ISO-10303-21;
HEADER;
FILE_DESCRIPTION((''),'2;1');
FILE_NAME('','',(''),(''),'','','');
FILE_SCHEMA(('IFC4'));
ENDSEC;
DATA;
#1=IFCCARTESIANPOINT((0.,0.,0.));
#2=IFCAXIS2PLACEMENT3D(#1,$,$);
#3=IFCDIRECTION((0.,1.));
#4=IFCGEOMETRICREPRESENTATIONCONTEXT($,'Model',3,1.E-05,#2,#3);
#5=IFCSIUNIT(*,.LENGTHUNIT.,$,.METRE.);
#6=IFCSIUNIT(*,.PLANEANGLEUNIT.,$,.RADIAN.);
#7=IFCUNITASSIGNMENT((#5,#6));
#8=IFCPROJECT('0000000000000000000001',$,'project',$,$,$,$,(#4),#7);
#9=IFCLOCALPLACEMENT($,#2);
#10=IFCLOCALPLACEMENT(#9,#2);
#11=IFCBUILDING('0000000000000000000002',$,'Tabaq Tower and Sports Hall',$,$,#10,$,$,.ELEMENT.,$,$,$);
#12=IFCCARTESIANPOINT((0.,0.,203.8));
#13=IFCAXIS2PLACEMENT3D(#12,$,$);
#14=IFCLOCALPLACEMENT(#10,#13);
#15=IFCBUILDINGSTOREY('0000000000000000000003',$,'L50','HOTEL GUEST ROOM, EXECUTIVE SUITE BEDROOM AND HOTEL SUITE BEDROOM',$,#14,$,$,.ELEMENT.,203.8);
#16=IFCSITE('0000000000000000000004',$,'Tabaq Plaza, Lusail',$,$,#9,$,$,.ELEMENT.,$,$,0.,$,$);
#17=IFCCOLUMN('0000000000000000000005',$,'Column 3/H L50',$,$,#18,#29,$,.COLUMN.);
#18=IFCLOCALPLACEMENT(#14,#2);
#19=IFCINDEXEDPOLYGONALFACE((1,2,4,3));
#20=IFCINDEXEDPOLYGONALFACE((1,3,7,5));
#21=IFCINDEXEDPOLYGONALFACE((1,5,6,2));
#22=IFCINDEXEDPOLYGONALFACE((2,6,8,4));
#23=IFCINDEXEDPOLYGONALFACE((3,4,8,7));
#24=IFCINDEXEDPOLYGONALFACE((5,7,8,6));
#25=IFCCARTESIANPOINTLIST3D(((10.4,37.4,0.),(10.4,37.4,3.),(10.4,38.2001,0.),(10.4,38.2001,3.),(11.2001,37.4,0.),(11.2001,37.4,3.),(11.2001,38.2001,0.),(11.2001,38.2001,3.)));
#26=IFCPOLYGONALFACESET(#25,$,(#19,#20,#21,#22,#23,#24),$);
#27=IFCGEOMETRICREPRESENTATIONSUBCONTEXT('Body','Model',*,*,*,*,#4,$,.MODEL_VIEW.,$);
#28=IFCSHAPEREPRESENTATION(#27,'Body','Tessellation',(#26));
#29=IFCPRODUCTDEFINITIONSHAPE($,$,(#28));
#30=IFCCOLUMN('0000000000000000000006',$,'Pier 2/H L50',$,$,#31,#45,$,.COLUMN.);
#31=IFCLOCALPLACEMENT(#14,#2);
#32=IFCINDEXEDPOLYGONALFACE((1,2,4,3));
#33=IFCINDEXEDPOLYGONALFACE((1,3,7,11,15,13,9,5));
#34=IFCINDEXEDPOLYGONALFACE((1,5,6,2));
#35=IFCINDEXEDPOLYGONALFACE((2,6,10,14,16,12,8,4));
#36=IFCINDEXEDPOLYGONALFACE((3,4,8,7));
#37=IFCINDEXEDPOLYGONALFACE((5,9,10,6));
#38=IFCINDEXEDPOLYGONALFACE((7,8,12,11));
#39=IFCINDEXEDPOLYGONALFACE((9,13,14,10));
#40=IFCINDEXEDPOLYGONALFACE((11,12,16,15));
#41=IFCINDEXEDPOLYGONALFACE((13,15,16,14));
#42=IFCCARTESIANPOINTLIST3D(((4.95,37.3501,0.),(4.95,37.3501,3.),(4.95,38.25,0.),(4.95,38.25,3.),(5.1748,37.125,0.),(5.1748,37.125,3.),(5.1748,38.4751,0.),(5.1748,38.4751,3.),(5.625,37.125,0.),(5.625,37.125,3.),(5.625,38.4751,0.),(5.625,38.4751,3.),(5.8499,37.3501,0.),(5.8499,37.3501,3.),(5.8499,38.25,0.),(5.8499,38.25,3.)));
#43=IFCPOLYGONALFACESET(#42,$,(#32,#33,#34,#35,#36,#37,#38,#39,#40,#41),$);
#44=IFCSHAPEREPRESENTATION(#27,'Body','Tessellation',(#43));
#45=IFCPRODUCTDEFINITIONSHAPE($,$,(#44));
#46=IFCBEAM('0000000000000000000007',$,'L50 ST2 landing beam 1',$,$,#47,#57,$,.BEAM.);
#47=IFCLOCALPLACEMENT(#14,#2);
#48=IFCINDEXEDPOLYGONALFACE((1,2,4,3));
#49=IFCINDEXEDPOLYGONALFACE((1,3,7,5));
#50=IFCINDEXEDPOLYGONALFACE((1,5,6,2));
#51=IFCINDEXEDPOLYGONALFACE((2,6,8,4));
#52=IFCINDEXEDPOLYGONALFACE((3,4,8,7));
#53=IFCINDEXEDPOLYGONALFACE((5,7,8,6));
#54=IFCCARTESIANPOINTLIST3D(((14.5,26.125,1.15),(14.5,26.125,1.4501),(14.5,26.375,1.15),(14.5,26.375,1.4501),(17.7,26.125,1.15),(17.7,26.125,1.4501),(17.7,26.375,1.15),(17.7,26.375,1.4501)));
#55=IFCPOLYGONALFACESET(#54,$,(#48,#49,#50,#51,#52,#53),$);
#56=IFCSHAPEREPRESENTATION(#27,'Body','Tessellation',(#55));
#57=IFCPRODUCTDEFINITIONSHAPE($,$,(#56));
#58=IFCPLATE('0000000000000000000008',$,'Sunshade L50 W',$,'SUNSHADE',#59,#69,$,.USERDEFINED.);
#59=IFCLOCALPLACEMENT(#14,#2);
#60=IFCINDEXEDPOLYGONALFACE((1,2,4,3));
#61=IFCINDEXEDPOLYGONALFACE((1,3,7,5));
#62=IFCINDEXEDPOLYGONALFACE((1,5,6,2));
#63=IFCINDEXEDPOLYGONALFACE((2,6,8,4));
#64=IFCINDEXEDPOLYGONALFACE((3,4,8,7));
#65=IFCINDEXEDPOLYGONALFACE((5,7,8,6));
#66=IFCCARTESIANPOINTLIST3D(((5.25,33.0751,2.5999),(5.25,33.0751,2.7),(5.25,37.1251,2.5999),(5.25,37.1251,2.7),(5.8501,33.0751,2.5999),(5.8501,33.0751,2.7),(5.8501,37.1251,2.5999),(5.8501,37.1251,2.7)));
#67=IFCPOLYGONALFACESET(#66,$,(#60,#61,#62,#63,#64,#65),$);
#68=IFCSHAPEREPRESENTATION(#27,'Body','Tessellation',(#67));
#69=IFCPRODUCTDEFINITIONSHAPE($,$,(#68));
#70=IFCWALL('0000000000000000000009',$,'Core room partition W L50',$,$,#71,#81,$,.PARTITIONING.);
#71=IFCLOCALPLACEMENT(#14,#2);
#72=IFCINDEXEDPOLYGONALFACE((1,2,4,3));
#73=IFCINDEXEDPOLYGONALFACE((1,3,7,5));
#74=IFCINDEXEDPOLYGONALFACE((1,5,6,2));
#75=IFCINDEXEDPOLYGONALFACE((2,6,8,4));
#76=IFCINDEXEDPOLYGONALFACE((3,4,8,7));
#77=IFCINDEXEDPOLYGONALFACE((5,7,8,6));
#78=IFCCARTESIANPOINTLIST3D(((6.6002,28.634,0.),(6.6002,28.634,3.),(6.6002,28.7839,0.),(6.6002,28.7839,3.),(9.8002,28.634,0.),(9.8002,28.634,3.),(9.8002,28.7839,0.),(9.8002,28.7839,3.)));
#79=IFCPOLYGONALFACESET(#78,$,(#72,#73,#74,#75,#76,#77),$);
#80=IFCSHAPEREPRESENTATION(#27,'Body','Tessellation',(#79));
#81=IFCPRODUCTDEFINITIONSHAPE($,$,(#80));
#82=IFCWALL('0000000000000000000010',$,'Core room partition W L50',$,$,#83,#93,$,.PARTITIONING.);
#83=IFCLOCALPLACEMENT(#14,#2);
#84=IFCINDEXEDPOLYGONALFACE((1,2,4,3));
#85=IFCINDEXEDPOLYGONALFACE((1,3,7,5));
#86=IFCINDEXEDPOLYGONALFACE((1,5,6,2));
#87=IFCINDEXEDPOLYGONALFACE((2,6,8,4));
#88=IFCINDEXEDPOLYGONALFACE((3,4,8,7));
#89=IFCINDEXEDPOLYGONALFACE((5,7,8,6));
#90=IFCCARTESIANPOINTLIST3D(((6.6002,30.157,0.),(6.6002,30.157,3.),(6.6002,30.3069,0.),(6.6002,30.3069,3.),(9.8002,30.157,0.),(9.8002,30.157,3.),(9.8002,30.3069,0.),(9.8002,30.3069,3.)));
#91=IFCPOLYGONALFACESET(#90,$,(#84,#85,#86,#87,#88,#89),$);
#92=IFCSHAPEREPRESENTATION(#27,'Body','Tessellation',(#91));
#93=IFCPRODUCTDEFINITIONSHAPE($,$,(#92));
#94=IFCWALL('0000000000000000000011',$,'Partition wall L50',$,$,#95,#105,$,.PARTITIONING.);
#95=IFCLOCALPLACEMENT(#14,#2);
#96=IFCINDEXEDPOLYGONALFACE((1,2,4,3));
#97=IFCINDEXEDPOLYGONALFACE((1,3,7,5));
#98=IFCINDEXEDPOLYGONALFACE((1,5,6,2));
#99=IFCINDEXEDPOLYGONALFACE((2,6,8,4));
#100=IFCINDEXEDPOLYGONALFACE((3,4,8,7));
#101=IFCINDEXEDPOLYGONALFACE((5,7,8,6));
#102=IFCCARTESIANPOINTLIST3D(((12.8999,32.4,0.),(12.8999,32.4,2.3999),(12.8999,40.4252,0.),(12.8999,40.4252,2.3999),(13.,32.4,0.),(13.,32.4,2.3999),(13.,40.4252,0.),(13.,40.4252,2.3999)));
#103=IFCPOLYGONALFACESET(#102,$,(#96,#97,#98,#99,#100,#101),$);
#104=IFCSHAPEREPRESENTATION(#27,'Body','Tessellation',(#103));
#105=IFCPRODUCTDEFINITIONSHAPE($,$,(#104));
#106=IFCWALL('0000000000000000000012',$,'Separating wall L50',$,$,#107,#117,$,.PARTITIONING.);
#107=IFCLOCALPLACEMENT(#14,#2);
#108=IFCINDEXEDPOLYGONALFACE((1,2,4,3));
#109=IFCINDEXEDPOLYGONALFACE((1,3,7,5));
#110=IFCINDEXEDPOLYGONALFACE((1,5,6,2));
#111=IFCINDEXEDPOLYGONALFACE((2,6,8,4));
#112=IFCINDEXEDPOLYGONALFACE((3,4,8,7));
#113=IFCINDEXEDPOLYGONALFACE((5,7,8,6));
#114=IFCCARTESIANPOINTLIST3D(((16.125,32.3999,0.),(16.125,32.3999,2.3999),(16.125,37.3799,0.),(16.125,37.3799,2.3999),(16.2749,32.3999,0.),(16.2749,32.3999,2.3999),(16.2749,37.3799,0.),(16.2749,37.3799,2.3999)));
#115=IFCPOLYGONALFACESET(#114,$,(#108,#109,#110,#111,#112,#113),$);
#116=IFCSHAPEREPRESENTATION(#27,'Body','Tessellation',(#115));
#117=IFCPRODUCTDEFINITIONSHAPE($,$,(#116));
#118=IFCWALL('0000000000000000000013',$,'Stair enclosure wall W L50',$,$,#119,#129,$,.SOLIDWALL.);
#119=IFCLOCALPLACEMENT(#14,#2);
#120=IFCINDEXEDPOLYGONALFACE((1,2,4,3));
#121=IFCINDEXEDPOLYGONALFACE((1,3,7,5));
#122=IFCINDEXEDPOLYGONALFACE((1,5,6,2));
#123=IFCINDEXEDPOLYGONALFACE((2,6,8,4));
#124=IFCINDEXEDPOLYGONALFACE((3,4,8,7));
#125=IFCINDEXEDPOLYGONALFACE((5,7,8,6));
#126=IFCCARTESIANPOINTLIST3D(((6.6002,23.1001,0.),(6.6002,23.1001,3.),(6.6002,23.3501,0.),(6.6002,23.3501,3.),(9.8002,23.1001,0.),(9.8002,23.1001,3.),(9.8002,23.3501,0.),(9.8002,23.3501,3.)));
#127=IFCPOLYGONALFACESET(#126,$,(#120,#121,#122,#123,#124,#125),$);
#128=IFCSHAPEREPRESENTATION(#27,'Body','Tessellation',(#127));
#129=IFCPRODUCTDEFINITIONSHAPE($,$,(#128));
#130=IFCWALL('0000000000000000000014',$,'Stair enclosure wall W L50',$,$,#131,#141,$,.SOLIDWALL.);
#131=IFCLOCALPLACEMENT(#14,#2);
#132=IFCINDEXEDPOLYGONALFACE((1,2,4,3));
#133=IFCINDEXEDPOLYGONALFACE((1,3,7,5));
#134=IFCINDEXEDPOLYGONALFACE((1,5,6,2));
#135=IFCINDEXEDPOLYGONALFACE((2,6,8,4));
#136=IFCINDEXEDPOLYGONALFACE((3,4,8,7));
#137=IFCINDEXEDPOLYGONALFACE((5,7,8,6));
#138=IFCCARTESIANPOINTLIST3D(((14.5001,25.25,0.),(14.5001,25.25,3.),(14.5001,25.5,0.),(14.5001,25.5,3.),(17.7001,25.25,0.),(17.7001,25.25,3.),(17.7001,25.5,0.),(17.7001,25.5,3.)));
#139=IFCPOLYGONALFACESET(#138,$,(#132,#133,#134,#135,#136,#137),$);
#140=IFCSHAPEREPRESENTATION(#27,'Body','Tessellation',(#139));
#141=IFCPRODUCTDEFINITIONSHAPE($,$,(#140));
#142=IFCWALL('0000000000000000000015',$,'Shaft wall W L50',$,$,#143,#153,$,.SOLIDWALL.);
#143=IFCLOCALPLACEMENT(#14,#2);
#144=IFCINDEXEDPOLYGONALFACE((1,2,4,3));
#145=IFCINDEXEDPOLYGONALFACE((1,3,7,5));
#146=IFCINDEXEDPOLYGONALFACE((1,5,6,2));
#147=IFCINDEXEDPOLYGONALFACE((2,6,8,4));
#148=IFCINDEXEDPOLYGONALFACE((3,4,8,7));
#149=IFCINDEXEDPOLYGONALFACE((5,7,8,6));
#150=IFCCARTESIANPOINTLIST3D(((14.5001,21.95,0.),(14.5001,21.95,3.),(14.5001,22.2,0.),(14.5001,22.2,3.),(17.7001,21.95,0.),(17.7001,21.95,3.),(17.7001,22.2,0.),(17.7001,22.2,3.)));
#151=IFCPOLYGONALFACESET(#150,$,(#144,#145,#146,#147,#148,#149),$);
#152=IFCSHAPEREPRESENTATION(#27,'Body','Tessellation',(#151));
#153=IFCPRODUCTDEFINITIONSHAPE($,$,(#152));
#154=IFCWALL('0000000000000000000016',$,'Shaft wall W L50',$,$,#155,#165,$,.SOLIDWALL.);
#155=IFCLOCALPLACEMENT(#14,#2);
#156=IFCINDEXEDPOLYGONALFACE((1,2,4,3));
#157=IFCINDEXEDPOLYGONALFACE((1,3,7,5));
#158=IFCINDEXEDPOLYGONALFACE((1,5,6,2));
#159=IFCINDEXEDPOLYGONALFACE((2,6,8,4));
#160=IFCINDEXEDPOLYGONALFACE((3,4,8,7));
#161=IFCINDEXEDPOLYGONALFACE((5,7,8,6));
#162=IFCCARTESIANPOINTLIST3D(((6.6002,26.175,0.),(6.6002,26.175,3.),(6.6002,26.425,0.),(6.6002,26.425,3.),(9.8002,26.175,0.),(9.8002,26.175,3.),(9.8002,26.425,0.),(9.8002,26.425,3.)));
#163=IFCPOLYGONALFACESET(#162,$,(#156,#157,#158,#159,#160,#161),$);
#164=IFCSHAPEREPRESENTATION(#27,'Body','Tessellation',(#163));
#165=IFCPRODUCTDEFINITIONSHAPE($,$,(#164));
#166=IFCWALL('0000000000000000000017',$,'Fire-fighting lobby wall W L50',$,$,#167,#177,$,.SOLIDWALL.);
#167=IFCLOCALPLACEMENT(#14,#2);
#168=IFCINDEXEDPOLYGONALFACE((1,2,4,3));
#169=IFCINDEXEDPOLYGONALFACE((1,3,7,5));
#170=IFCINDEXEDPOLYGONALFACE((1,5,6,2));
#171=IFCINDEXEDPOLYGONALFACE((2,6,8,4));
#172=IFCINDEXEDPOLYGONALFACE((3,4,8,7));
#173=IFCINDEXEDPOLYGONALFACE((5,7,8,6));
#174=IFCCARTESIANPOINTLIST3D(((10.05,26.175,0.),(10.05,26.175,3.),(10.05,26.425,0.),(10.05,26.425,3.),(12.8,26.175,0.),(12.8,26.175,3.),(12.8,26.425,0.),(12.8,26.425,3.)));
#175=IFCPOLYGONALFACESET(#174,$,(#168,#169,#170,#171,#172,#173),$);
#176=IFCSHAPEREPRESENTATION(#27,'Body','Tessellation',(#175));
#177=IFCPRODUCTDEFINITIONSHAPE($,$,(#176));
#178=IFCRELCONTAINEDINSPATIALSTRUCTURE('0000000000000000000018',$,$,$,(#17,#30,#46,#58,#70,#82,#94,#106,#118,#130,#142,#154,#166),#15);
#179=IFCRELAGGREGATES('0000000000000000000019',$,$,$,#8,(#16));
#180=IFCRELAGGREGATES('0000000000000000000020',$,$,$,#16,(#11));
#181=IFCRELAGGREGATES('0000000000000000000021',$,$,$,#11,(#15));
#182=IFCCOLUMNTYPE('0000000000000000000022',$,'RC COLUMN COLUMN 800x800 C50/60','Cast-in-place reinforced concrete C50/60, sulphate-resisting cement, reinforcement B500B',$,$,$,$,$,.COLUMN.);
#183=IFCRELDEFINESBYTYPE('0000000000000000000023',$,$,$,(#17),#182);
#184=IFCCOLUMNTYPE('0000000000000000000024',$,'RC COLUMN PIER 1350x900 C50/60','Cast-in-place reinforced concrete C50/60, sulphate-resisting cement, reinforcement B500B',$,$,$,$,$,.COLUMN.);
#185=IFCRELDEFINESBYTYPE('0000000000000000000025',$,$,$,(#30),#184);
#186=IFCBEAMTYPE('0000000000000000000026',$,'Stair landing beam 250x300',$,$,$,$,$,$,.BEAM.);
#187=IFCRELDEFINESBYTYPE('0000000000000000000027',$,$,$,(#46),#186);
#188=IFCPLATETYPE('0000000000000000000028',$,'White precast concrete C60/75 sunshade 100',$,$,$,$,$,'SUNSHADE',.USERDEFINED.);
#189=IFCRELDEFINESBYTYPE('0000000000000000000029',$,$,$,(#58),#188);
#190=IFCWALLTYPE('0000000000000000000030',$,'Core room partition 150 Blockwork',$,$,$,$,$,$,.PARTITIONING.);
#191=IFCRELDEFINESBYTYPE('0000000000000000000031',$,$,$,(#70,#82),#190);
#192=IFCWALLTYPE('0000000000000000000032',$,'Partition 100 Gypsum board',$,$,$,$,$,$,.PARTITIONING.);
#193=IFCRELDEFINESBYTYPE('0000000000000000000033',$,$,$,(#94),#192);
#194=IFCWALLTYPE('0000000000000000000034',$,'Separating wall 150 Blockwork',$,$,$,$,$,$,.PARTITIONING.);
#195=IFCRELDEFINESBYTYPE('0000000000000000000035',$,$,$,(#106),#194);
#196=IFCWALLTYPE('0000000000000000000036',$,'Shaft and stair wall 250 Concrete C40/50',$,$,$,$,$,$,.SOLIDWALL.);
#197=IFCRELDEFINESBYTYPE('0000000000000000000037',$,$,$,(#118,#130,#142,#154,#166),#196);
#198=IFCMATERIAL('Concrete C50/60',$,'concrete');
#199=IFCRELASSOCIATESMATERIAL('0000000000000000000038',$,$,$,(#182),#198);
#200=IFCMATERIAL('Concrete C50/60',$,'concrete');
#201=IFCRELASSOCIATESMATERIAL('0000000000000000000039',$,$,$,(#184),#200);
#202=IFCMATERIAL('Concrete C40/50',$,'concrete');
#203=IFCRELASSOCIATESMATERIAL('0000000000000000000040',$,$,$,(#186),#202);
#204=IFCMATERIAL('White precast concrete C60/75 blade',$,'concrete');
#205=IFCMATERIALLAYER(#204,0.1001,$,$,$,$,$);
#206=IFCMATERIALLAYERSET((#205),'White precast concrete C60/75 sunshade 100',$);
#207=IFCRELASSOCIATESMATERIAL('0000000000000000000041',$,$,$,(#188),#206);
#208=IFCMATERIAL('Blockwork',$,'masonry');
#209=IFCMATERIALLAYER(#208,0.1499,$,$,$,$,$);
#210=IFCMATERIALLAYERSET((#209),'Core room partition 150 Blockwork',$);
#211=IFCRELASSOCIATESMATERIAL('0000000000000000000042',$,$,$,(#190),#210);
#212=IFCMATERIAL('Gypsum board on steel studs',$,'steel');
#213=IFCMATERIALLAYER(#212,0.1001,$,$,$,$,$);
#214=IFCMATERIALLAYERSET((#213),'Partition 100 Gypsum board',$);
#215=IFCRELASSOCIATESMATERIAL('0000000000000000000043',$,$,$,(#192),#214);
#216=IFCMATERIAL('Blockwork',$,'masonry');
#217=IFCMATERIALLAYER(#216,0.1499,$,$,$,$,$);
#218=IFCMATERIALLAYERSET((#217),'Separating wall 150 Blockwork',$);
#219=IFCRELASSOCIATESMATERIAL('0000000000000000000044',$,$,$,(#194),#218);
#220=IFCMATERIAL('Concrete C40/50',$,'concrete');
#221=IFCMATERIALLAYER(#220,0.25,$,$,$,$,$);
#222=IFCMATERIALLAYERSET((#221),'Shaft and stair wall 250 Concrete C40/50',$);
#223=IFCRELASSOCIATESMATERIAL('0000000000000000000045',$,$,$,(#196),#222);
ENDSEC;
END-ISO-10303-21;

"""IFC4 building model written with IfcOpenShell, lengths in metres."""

from ifc_helpers import new_model, si_unit, direction, frame, frame_2d, origin, origin_2d, place, context, subcontext, project, spatial, polyline, rectangle, outline, extrude, material, layer, layer_set, material_profile, profile_set, type_object, element, save


model = new_model("IFC4")

# Units and contexts
model_context = context("Model", 3, precision=1e-05, world=origin(), true_north=direction((0.0, 1.0)))
body_context = subcontext(model_context, "Body", "Model", "MODEL_VIEW")
ifc_project = project(units=[si_unit("LENGTHUNIT", "METRE"), si_unit("PLANEANGLEUNIT", "RADIAN")], contexts=[model_context])

# Site, building, storey
site_placement = place(None, origin())
site = spatial("IfcSite", under=ifc_project, at=site_placement, Name="Tabaq Plaza, Lusail", CompositionType="ELEMENT", RefElevation=0.0)
building_placement = place(site_placement, origin())
building = spatial("IfcBuilding", under=site, at=building_placement, Name="Tabaq Tower and Sports Hall", CompositionType="ELEMENT")
storey_placement = place(building_placement, frame((0.0, 0.0, 203.8)))
storey = spatial("IfcBuildingStorey", under=building, at=storey_placement, Name="L50", Description="HOTEL GUEST ROOM, EXECUTIVE SUITE BEDROOM AND HOTEL SUITE BEDROOM", CompositionType="ELEMENT", Elevation=203.8)

# Columns
ifc_material_1 = material(Name="Concrete C50/60", Category="concrete")
ifc_material_profile_1 = material_profile(ifc_material_1, rectangle(XDim=0.8, YDim=0.8, at=origin_2d()), Name="COLUMN 800x800")
ifc_profile_set_1 = profile_set([ifc_material_profile_1], Name="Concrete C50/60")
column_type_1 = type_object("IfcColumnType", Name="RC COLUMN COLUMN 800x800 C50/60", Description="Cast-in-place reinforced concrete C50/60, sulphate-resisting cement, reinforcement B500B", PredefinedType="COLUMN", material=ifc_profile_set_1)
column_1_placement = place(storey_placement, frame((10.8, 37.8, 0.0), z_axis=(0.0, 0.0, 1.0), x_axis=(1.0, 0.0, 0.0)))
element("IfcColumn", 1, at=column_1_placement, inside=storey, type_object=column_type_1, Name="Column 3/H L50", PredefinedType="COLUMN", context=body_context, shape_type="SweptSolid", body=[
    extrude(rectangle(XDim=0.8, YDim=0.8, at=origin_2d()), origin(), (0.0, 0.0, 1.0), 3.0),
])
ifc_material_2 = material(Name="Concrete C50/60", Category="concrete")
ifc_material_profile_2 = material_profile(ifc_material_2, outline(polyline([(-0.45, -0.45), (0.45, -0.45), (0.675, -0.2251), (0.675, 0.2251), (0.45, 0.45), (-0.45, 0.45), (-0.675, 0.2251), (-0.675, -0.2251), (-0.45, -0.45)])), Name="PIER 1350x900")
ifc_profile_set_2 = profile_set([ifc_material_profile_2], Name="Concrete C50/60")
column_type_2 = type_object("IfcColumnType", Name="RC COLUMN PIER 1350x900 C50/60", Description="Cast-in-place reinforced concrete C50/60, sulphate-resisting cement, reinforcement B500B", PredefinedType="COLUMN", material=ifc_profile_set_2)
column_2_placement = place(storey_placement, frame((5.3999, 37.8, 0.0), z_axis=(0.0, 0.0, 1.0), x_axis=(0.0, 1.0, 0.0)))
element("IfcColumn", 2, at=column_2_placement, inside=storey, type_object=column_type_2, Name="Pier 2/H L50", PredefinedType="COLUMN", context=body_context, shape_type="SweptSolid", body=[
    extrude(outline(polyline([(-0.45, -0.45), (0.45, -0.45), (0.675, -0.2251), (0.675, 0.2251), (0.45, 0.45), (-0.45, 0.45), (-0.675, 0.2251), (-0.675, -0.2251), (-0.45, -0.45)])), origin(), (0.0, 0.0, 1.0), 3.0),
])

# Beam
ifc_material_3 = material(Name="Concrete C40/50", Category="concrete")
ifc_material_profile_3 = material_profile(ifc_material_3, rectangle(XDim=0.25, YDim=0.3, at=origin_2d()), Name="RC 250x300")
ifc_profile_set_3 = profile_set([ifc_material_profile_3], Name="Concrete C40/50")
beam_type = type_object("IfcBeamType", Name="Stair landing beam 250x300", PredefinedType="BEAM", material=ifc_profile_set_3)
beam_placement = place(storey_placement, frame((14.5, 26.25, 1.3), z_axis=(1.0, 0.0, 0.0), x_axis=(0.0, 1.0, 0.0)))
element("IfcBeam", 3, at=beam_placement, inside=storey, type_object=beam_type, Name="L50 ST2 landing beam 1", PredefinedType="BEAM", context=body_context, shape_type="SweptSolid", body=[
    extrude(rectangle(XDim=0.25, YDim=0.3, at=origin_2d()), origin(), (0.0, 0.0, 1.0), 3.2),
])

# Plate
ifc_material_4 = material(Name="White precast concrete C60/75 blade", Category="concrete")
ifc_layer_1 = layer(ifc_material_4, 0.1001)
ifc_layer_set_1 = layer_set([ifc_layer_1], Name="White precast concrete C60/75 sunshade 100")
plate_type = type_object("IfcPlateType", Name="White precast concrete C60/75 sunshade 100", ElementType="SUNSHADE", PredefinedType="USERDEFINED", material=ifc_layer_set_1)
plate_placement = place(storey_placement, frame((5.55, 35.1001, 2.5999), z_axis=(0.0, 0.0, 1.0), x_axis=(0.0, -1.0, 0.0)))
element("IfcPlate", 4, at=plate_placement, inside=storey, type_object=plate_type, Name="Sunshade L50 W", ObjectType="SUNSHADE", PredefinedType="USERDEFINED", context=body_context, shape_type="SweptSolid", body=[
    extrude(rectangle(XDim=4.05, YDim=0.6001, at=origin_2d()), origin(), (0.0, 0.0, 1.0), 0.1001),
])

# Walls
ifc_material_5 = material(Name="Blockwork", Category="masonry")
ifc_layer_2 = layer(ifc_material_5, 0.1499)
ifc_layer_set_2 = layer_set([ifc_layer_2], Name="Core room partition 150 Blockwork")
wall_type_1 = type_object("IfcWallType", Name="Core room partition 150 Blockwork", PredefinedType="PARTITIONING", material=ifc_layer_set_2)
for number, where, z_axis, x_axis, name in (
    (5, (6.6001, 28.709, 0.0), (0.0, 0.0, 1.0), (1.0, 0.0, 0.0), "Core room partition W L50"),
    (6, (6.6001, 30.2319, 0.0), (0.0, 0.0, 1.0), (1.0, 0.0, 0.0), "Core room partition W L50"),
):
    element("IfcWall", number, at=place(storey_placement, frame(where, z_axis=z_axis, x_axis=x_axis)), inside=storey, type_object=wall_type_1, Name=name, PredefinedType="PARTITIONING", context=body_context, shape_type="SweptSolid", body=[
        extrude(rectangle(XDim=3.2, YDim=0.1499, at=frame_2d((1.6001, 0.0))), origin(), (0.0, 0.0, 1.0), 3.0),
    ])

# Walls
ifc_material_6 = material(Name="Gypsum board on steel studs", Category="steel")
ifc_layer_3 = layer(ifc_material_6, 0.1001)
ifc_layer_set_3 = layer_set([ifc_layer_3], Name="Partition 100 Gypsum board")
wall_type_2 = type_object("IfcWallType", Name="Partition 100 Gypsum board", PredefinedType="PARTITIONING", material=ifc_layer_set_3)
wall_1_placement = place(storey_placement, frame((12.95, 32.3999, 0.0), z_axis=(0.0, 0.0, 1.0), x_axis=(0.0, 1.0, 0.0)))
element("IfcWall", 7, at=wall_1_placement, inside=storey, type_object=wall_type_2, Name="Partition wall L50", PredefinedType="PARTITIONING", context=body_context, shape_type="SweptSolid", body=[
    extrude(rectangle(XDim=8.0251, YDim=0.1001, at=frame_2d((4.0127, 0.0))), origin(), (0.0, 0.0, 1.0), 2.3999),
])
ifc_material_7 = material(Name="Blockwork", Category="masonry")
ifc_layer_4 = layer(ifc_material_7, 0.1499)
ifc_layer_set_4 = layer_set([ifc_layer_4], Name="Separating wall 150 Blockwork")
wall_type_3 = type_object("IfcWallType", Name="Separating wall 150 Blockwork", PredefinedType="PARTITIONING", material=ifc_layer_set_4)
wall_2_placement = place(storey_placement, frame((16.2, 37.3799, 0.0), z_axis=(0.0, 0.0, 1.0), x_axis=(0.0, -1.0, 0.0)))
element("IfcWall", 8, at=wall_2_placement, inside=storey, type_object=wall_type_3, Name="Separating wall L50", PredefinedType="PARTITIONING", context=body_context, shape_type="SweptSolid", body=[
    extrude(rectangle(XDim=4.98, YDim=0.1499, at=frame_2d((2.49, 0.0))), origin(), (0.0, 0.0, 1.0), 2.3999),
])
ifc_material_8 = material(Name="Concrete C40/50", Category="concrete")
ifc_layer_5 = layer(ifc_material_8, 0.25)
ifc_layer_set_5 = layer_set([ifc_layer_5], Name="Shaft and stair wall 250 Concrete C40/50")
wall_type_4 = type_object("IfcWallType", Name="Shaft and stair wall 250 Concrete C40/50", PredefinedType="SOLIDWALL", material=ifc_layer_set_5)
for number, where, z_axis, x_axis, name in (
    (9, (6.6001, 23.2251, 0.0), (0.0, 0.0, 1.0), (1.0, 0.0, 0.0), "Stair enclosure wall W L50"),
    (10, (14.5, 25.375, 0.0), (0.0, 0.0, 1.0), (1.0, 0.0, 0.0), "Stair enclosure wall W L50"),
    (11, (14.5, 22.075, 0.0), (0.0, 0.0, 1.0), (1.0, 0.0, 0.0), "Shaft wall W L50"),
    (12, (6.6001, 26.3, 0.0), (0.0, 0.0, 1.0), (1.0, 0.0, 0.0), "Shaft wall W L50"),
):
    element("IfcWall", number, at=place(storey_placement, frame(where, z_axis=z_axis, x_axis=x_axis)), inside=storey, type_object=wall_type_4, Name=name, PredefinedType="SOLIDWALL", context=body_context, shape_type="SweptSolid", body=[
        extrude(rectangle(XDim=3.2, YDim=0.25, at=frame_2d((1.6001, 0.0))), origin(), (0.0, 0.0, 1.0), 3.0),
    ])
wall_3_placement = place(storey_placement, frame((10.05, 26.3, 0.0), z_axis=(0.0, 0.0, 1.0), x_axis=(1.0, 0.0, 0.0)))
element("IfcWall", 13, at=wall_3_placement, inside=storey, type_object=wall_type_4, Name="Fire-fighting lobby wall W L50", PredefinedType="SOLIDWALL", context=body_context, shape_type="SweptSolid", body=[
    extrude(rectangle(XDim=2.75, YDim=0.25, at=frame_2d((1.375, 0.0))), origin(), (0.0, 0.0, 1.0), 3.0),
])

save(model, "model.ifc")
